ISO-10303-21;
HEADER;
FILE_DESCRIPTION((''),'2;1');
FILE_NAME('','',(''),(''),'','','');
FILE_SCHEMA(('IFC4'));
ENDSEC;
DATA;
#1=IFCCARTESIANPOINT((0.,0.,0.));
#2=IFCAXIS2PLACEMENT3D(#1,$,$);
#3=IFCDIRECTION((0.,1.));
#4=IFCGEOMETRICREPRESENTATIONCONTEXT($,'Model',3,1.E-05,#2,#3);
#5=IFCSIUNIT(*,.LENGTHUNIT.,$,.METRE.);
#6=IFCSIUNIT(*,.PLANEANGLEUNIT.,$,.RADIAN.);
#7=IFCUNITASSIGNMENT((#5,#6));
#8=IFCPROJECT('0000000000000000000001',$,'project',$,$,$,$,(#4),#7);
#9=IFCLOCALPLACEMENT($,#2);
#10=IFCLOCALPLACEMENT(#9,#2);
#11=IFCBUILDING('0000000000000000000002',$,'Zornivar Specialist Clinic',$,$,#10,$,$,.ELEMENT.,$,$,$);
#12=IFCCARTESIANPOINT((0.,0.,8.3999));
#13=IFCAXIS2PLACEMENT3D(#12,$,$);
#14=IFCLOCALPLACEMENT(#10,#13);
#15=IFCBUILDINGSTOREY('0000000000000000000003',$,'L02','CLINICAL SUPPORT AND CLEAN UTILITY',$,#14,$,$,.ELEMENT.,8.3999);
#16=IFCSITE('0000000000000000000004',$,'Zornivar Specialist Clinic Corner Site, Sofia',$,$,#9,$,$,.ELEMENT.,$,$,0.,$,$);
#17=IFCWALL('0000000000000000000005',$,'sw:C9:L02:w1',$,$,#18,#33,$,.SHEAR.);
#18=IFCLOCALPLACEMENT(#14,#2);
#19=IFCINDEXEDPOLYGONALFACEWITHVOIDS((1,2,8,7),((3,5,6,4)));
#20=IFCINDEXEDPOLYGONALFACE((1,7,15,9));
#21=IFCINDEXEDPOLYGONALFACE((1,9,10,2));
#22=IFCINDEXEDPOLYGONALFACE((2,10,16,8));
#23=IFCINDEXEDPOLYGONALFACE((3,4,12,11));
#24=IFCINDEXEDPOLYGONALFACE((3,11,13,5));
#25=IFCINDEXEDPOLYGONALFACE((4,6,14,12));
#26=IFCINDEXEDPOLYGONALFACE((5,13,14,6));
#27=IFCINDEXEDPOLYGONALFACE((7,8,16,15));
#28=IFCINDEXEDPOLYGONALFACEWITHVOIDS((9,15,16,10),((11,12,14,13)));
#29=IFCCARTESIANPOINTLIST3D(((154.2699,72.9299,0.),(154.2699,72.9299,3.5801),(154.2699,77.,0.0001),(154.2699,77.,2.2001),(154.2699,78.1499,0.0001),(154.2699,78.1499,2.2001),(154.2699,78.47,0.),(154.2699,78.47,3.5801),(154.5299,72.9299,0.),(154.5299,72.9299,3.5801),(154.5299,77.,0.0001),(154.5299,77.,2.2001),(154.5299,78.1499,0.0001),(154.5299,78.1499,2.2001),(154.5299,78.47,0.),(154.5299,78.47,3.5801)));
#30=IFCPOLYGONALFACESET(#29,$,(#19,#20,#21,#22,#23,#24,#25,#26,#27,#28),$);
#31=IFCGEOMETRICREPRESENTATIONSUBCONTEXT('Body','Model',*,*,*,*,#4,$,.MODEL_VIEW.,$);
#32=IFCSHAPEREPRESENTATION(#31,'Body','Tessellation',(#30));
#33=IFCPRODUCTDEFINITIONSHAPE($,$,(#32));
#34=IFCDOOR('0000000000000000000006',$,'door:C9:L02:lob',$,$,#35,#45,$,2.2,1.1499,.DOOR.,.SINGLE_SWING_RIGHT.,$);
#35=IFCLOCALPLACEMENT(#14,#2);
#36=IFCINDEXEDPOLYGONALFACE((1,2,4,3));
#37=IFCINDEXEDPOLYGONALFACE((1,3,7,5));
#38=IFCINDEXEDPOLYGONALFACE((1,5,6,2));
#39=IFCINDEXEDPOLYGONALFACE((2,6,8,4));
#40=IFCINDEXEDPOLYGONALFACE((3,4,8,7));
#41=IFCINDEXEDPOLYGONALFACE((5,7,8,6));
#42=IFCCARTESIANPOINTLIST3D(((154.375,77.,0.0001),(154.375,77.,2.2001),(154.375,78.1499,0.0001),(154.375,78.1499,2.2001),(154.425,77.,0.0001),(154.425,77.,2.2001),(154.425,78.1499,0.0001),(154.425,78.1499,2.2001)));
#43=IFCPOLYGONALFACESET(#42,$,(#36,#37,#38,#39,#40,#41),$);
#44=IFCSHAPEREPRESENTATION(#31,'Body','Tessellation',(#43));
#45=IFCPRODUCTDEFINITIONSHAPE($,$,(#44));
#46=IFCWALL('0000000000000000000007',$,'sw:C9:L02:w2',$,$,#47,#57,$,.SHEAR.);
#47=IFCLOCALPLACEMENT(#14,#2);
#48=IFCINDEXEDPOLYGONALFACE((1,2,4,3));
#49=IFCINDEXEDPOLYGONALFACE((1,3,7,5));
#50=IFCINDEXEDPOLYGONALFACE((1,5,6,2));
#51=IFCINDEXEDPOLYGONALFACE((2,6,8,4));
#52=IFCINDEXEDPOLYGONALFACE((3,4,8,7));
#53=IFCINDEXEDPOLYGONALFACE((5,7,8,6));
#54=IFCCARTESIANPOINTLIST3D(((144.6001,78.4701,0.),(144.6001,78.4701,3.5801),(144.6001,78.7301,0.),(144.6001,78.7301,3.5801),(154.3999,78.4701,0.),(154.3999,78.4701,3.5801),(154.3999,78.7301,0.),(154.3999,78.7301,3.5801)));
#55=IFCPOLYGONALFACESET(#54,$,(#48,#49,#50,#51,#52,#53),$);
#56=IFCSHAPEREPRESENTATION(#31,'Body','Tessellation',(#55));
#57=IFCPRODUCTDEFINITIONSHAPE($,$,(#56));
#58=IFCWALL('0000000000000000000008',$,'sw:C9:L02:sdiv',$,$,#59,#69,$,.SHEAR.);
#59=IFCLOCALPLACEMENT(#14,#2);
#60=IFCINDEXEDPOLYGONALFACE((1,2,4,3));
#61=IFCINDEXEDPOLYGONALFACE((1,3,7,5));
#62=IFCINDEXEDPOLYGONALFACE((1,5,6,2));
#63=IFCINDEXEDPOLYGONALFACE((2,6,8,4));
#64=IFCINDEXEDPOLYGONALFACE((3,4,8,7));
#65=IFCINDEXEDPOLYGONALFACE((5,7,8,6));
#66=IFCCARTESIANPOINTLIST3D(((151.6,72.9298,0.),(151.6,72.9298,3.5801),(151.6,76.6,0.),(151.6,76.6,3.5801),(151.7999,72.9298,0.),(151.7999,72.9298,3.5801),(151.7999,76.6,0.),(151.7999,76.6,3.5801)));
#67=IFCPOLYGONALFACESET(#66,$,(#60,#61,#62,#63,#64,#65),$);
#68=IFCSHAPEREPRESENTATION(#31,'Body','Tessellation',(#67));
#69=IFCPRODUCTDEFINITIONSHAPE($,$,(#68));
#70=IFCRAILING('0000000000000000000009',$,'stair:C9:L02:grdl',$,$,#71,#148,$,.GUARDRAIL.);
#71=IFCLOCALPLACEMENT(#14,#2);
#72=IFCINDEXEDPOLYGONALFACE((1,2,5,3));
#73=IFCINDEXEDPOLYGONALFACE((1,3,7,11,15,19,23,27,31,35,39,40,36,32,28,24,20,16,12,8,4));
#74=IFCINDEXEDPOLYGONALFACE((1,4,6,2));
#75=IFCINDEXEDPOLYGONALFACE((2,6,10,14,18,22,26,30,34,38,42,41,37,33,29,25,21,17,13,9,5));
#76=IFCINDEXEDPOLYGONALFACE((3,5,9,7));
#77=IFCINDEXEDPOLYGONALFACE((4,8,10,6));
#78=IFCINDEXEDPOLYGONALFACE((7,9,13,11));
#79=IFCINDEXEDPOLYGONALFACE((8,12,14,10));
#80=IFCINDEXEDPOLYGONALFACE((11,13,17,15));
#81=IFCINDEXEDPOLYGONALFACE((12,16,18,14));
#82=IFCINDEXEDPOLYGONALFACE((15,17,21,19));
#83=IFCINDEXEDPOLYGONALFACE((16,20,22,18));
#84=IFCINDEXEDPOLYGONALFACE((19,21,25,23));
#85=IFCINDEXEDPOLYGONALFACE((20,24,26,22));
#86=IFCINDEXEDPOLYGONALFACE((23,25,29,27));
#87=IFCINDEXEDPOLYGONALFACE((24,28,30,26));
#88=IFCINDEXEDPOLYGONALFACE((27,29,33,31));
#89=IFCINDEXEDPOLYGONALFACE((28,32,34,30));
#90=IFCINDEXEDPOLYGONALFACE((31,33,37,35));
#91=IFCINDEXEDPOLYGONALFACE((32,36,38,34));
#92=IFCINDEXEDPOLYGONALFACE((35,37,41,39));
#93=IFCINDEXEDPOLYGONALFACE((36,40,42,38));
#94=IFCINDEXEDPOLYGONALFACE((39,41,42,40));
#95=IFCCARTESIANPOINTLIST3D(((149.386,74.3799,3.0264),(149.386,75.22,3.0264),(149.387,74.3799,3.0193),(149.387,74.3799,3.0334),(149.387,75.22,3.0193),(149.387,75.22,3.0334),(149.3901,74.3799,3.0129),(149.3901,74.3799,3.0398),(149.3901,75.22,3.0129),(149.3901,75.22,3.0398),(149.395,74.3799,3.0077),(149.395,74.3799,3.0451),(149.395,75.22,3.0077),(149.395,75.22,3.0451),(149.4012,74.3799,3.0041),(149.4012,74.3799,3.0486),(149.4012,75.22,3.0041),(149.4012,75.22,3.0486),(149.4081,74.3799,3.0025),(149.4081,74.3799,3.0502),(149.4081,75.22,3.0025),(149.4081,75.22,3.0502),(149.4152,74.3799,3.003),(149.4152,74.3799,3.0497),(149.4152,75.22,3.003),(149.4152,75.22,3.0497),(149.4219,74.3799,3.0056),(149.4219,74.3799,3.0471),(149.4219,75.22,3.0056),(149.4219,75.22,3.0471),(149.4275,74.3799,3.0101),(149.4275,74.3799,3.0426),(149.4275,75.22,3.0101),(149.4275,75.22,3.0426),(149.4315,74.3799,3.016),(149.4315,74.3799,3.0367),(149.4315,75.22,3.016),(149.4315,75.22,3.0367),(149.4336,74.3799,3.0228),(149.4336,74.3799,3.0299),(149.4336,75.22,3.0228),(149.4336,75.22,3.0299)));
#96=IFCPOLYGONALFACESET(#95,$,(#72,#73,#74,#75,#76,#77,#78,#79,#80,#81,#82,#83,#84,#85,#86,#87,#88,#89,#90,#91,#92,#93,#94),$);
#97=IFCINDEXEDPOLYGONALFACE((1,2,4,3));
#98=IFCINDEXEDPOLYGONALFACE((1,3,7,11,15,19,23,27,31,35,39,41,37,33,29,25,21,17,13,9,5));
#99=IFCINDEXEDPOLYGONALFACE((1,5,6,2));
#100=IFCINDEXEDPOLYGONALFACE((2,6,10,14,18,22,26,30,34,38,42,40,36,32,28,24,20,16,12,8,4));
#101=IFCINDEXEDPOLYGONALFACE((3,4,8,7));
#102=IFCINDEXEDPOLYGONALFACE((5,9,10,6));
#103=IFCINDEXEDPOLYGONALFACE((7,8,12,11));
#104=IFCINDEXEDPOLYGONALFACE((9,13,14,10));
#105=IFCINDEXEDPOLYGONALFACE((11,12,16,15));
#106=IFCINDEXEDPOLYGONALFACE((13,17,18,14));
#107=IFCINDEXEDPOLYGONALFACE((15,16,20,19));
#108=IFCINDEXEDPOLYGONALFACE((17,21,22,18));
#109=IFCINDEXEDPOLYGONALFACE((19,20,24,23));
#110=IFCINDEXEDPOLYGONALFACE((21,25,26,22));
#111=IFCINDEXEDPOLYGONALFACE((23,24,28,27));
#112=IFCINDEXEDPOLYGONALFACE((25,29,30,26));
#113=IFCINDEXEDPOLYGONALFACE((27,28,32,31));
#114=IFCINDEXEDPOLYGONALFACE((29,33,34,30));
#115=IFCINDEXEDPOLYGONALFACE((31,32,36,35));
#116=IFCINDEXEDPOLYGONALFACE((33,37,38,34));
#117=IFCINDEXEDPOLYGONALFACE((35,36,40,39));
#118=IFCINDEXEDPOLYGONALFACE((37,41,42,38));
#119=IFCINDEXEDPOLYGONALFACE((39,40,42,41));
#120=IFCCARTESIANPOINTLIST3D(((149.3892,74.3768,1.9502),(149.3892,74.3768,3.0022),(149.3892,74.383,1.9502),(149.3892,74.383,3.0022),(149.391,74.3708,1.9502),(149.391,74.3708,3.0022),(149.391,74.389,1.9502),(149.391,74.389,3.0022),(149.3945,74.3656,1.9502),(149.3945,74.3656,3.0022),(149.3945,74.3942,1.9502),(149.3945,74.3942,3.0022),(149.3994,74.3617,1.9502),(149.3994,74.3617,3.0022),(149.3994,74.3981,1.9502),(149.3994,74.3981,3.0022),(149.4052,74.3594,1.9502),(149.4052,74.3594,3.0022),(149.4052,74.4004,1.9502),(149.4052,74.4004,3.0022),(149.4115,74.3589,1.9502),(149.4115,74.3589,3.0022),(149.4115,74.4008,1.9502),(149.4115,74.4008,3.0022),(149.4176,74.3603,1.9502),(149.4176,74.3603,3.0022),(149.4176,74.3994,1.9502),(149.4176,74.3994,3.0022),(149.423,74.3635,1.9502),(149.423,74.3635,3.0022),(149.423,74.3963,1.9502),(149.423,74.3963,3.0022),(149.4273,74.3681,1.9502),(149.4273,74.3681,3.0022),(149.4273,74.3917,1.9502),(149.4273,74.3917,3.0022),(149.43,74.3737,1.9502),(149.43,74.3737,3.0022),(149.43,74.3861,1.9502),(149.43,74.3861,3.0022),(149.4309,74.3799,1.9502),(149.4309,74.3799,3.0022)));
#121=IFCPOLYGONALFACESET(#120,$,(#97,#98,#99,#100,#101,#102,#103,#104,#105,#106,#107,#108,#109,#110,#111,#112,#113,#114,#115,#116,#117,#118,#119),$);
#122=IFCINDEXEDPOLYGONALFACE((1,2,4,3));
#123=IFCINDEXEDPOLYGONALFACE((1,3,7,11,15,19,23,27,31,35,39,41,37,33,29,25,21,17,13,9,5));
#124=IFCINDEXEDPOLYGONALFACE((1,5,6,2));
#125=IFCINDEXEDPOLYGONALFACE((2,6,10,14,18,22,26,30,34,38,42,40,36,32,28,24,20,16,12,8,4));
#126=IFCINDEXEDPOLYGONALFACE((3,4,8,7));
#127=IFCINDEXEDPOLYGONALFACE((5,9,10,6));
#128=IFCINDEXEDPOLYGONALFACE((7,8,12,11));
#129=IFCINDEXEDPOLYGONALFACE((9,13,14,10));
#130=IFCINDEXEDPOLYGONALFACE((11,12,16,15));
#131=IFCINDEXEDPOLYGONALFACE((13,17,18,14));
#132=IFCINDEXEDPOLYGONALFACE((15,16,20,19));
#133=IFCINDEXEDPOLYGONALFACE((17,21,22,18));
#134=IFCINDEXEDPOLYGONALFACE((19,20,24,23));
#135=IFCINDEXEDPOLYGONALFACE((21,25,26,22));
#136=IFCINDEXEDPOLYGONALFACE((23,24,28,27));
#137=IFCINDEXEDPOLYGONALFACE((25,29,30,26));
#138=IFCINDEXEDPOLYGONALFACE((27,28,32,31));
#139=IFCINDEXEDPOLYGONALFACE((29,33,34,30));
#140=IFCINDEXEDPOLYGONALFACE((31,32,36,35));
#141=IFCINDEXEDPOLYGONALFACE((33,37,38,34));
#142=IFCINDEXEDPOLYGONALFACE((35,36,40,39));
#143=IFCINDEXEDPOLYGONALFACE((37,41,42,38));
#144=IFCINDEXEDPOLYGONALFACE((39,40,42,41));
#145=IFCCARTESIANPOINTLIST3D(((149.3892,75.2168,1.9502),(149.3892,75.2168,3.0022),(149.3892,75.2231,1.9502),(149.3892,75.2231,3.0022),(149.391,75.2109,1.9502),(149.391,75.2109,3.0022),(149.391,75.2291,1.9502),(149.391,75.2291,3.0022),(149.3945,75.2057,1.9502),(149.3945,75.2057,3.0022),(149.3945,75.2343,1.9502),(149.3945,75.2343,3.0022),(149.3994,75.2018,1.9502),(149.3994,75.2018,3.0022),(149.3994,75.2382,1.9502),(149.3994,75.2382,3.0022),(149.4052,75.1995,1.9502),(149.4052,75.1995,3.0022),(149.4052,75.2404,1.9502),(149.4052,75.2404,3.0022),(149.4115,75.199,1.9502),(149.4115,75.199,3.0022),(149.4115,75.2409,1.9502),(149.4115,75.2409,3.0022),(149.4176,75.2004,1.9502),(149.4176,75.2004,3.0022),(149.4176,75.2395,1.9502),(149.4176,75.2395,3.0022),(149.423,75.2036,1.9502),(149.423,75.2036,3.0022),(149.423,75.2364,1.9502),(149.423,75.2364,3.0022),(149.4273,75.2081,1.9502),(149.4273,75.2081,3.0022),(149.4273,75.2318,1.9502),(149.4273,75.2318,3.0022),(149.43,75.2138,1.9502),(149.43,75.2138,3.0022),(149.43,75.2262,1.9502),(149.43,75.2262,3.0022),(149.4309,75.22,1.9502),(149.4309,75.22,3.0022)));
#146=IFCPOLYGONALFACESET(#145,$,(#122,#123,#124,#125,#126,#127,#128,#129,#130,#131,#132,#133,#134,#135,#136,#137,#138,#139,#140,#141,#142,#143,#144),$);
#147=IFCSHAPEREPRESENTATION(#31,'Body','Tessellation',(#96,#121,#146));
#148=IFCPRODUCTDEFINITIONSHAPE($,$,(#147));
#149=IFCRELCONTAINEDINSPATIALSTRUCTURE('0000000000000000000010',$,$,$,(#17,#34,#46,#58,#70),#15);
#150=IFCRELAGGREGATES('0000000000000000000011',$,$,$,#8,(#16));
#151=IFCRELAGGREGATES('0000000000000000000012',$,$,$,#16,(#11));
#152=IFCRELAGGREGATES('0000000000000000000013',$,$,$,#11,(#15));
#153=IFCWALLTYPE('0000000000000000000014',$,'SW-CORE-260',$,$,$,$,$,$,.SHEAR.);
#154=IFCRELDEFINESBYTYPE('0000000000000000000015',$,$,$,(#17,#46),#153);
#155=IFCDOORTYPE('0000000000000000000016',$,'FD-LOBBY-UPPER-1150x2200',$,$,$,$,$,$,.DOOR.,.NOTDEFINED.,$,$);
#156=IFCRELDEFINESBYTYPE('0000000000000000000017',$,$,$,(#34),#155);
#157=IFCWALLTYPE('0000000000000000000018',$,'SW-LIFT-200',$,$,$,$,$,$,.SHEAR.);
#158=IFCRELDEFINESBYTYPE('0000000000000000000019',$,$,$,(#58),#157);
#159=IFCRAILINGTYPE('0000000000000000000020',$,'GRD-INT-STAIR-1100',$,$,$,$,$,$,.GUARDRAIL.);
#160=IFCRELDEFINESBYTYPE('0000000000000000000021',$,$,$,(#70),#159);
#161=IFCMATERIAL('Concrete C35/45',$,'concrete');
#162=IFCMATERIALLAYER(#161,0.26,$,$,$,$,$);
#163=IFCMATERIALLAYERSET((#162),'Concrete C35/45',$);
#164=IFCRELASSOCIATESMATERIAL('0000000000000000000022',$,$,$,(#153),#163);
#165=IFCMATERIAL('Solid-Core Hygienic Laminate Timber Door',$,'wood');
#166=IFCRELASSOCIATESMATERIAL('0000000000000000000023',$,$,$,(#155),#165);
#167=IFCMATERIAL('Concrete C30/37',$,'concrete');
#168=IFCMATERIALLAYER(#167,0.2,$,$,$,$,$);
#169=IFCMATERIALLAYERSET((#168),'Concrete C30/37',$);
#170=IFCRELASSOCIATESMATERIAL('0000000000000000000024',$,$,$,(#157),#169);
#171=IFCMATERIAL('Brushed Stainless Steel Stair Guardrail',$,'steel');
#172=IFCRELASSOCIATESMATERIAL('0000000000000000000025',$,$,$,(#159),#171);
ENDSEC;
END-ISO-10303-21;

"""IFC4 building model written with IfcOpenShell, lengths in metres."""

from ifc_helpers import new_model, si_unit, direction, frame, frame_2d, origin, origin_2d, place, context, subcontext, project, spatial, rectangle, circle, extrude, material, layer, layer_set, type_object, element, fill, save


model = new_model("IFC4")

# Units and contexts
model_context = context("Model", 3, precision=1e-05, world=origin(), true_north=direction((0.0, 1.0)))
body_context = subcontext(model_context, "Body", "Model", "MODEL_VIEW")
ifc_project = project(units=[si_unit("LENGTHUNIT", "METRE"), si_unit("PLANEANGLEUNIT", "RADIAN")], contexts=[model_context])

# Site, building, storey
site_placement = place(None, origin())
site = spatial("IfcSite", under=ifc_project, at=site_placement, Name="Zornivar Specialist Clinic Corner Site, Sofia", CompositionType="ELEMENT", RefElevation=0.0)
building_placement = place(site_placement, origin())
building = spatial("IfcBuilding", under=site, at=building_placement, Name="Zornivar Specialist Clinic", CompositionType="ELEMENT")
storey_placement = place(building_placement, frame((0.0, 0.0, 8.3999)))
storey = spatial("IfcBuildingStorey", under=building, at=storey_placement, Name="L02", Description="CLINICAL SUPPORT AND CLEAN UTILITY", CompositionType="ELEMENT", Elevation=8.3999)

# Wall, opening, door
ifc_material_1 = material(Name="Concrete C35/45", Category="concrete")
ifc_layer_1 = layer(ifc_material_1, 0.26)
ifc_layer_set_1 = layer_set([ifc_layer_1], Name="Concrete C35/45")
wall_type_1 = type_object("IfcWallType", Name="SW-CORE-260", PredefinedType="SHEAR", material=ifc_layer_set_1)
wall_1_placement = place(storey_placement, frame((154.3999, 72.9299, 0.0), z_axis=(0.0, 0.0, 1.0), x_axis=(0.0, 1.0, 0.0)))
wall_1 = element("IfcWall", 1, at=wall_1_placement, inside=storey, type_object=wall_type_1, Name="sw:C9:L02:w1", PredefinedType="SHEAR", context=body_context, shape_type="SweptSolid", body=[
    extrude(rectangle(XDim=5.54, YDim=0.26, at=frame_2d((2.77, 0.0))), origin(), (0.0, 0.0, 1.0), 3.5801),
])
opening_1_placement = place(wall_1_placement, frame((4.0701, 0.0, 0.0)))
opening_1 = element("IfcOpeningElement", 2, at=opening_1_placement, cuts=wall_1, PredefinedType="OPENING", context=body_context, shape_type="SweptSolid", body=[
    extrude(rectangle(XDim=1.1499, YDim=2.2, at=frame_2d((0.575, 1.1001))), frame((0.0, 0.1399, 0.0), z_axis=(0.0, -1.0, 0.0), x_axis=(1.0, 0.0, 0.0)), (0.0, 0.0, 1.0), 0.28),
])
ifc_material_2 = material(Name="Solid-Core Hygienic Laminate Timber Door", Category="wood")
door_type_1 = type_object("IfcDoorType", Name="FD-LOBBY-UPPER-1150x2200", OperationType="NOTDEFINED", PredefinedType="DOOR", material=ifc_material_2)
door_1_placement = place(opening_1_placement, origin())
door_1 = element("IfcDoor", 3, at=door_1_placement, inside=storey, type_object=door_type_1, Name="door:C9:L02:lob", OperationType="SINGLE_SWING_RIGHT", OverallHeight=2.2, OverallWidth=1.1499, PredefinedType="DOOR", context=body_context, shape_type="SweptSolid", body=[
    extrude(rectangle(XDim=1.1499, YDim=2.2, at=frame_2d((0.575, 1.1001))), frame((0.0, 0.0249, 0.0), z_axis=(0.0, -1.0, 0.0), x_axis=(1.0, 0.0, 0.0)), (0.0, 0.0, 1.0), 0.05),
])
fill(opening_1, door_1)

# Walls
wall_2_placement = place(storey_placement, frame((154.3999, 78.6001, 0.0), z_axis=(0.0, 0.0, 1.0), x_axis=(-1.0, 0.0, 0.0)))
element("IfcWall", 4, at=wall_2_placement, inside=storey, type_object=wall_type_1, Name="sw:C9:L02:w2", PredefinedType="SHEAR", context=body_context, shape_type="SweptSolid", body=[
    extrude(rectangle(XDim=9.7998, YDim=0.26, at=frame_2d((4.8999, 0.0))), origin(), (0.0, 0.0, 1.0), 3.5801),
])
ifc_material_3 = material(Name="Concrete C30/37", Category="concrete")
ifc_layer_2 = layer(ifc_material_3, 0.2)
ifc_layer_set_2 = layer_set([ifc_layer_2], Name="Concrete C30/37")
wall_type_2 = type_object("IfcWallType", Name="SW-LIFT-200", PredefinedType="SHEAR", material=ifc_layer_set_2)
wall_3_placement = place(storey_placement, frame((151.7, 72.9299, 0.0), z_axis=(0.0, 0.0, 1.0), x_axis=(0.0, 1.0, 0.0)))
element("IfcWall", 5, at=wall_3_placement, inside=storey, type_object=wall_type_2, Name="sw:C9:L02:sdiv", PredefinedType="SHEAR", context=body_context, shape_type="SweptSolid", body=[
    extrude(rectangle(XDim=3.6702, YDim=0.2, at=frame_2d((1.835, 0.0))), origin(), (0.0, 0.0, 1.0), 3.5801),
])

# Railing
ifc_material_4 = material(Name="Brushed Stainless Steel Stair Guardrail", Category="steel")
railing_type_1 = type_object("IfcRailingType", Name="GRD-INT-STAIR-1100", PredefinedType="GUARDRAIL", material=ifc_material_4)
railing_1_placement = place(storey_placement, frame((149.4099, 74.3799, 1.9502)))
element("IfcRailing", 6, at=railing_1_placement, inside=storey, type_object=railing_type_1, Name="stair:C9:L02:grdl", PredefinedType="GUARDRAIL", context=body_context, shape_type="SweptSolid", body=[
    extrude(circle(Radius=0.0239, at=origin_2d()), frame((0.0, 0.0, 1.0762), z_axis=(0.0, 1.0, 0.0), x_axis=(-1.0, 0.0, 0.0)), (0.0, 0.0, 1.0), 0.8401),
    extrude(circle(Radius=0.021, at=origin_2d()), origin(), (0.0, 0.0, 1.0), 1.052),
    extrude(circle(Radius=0.021, at=origin_2d()), frame((0.0, 0.8401, 0.0)), (0.0, 0.0, 1.0), 1.052),
])

save(model, "model.ifc")
